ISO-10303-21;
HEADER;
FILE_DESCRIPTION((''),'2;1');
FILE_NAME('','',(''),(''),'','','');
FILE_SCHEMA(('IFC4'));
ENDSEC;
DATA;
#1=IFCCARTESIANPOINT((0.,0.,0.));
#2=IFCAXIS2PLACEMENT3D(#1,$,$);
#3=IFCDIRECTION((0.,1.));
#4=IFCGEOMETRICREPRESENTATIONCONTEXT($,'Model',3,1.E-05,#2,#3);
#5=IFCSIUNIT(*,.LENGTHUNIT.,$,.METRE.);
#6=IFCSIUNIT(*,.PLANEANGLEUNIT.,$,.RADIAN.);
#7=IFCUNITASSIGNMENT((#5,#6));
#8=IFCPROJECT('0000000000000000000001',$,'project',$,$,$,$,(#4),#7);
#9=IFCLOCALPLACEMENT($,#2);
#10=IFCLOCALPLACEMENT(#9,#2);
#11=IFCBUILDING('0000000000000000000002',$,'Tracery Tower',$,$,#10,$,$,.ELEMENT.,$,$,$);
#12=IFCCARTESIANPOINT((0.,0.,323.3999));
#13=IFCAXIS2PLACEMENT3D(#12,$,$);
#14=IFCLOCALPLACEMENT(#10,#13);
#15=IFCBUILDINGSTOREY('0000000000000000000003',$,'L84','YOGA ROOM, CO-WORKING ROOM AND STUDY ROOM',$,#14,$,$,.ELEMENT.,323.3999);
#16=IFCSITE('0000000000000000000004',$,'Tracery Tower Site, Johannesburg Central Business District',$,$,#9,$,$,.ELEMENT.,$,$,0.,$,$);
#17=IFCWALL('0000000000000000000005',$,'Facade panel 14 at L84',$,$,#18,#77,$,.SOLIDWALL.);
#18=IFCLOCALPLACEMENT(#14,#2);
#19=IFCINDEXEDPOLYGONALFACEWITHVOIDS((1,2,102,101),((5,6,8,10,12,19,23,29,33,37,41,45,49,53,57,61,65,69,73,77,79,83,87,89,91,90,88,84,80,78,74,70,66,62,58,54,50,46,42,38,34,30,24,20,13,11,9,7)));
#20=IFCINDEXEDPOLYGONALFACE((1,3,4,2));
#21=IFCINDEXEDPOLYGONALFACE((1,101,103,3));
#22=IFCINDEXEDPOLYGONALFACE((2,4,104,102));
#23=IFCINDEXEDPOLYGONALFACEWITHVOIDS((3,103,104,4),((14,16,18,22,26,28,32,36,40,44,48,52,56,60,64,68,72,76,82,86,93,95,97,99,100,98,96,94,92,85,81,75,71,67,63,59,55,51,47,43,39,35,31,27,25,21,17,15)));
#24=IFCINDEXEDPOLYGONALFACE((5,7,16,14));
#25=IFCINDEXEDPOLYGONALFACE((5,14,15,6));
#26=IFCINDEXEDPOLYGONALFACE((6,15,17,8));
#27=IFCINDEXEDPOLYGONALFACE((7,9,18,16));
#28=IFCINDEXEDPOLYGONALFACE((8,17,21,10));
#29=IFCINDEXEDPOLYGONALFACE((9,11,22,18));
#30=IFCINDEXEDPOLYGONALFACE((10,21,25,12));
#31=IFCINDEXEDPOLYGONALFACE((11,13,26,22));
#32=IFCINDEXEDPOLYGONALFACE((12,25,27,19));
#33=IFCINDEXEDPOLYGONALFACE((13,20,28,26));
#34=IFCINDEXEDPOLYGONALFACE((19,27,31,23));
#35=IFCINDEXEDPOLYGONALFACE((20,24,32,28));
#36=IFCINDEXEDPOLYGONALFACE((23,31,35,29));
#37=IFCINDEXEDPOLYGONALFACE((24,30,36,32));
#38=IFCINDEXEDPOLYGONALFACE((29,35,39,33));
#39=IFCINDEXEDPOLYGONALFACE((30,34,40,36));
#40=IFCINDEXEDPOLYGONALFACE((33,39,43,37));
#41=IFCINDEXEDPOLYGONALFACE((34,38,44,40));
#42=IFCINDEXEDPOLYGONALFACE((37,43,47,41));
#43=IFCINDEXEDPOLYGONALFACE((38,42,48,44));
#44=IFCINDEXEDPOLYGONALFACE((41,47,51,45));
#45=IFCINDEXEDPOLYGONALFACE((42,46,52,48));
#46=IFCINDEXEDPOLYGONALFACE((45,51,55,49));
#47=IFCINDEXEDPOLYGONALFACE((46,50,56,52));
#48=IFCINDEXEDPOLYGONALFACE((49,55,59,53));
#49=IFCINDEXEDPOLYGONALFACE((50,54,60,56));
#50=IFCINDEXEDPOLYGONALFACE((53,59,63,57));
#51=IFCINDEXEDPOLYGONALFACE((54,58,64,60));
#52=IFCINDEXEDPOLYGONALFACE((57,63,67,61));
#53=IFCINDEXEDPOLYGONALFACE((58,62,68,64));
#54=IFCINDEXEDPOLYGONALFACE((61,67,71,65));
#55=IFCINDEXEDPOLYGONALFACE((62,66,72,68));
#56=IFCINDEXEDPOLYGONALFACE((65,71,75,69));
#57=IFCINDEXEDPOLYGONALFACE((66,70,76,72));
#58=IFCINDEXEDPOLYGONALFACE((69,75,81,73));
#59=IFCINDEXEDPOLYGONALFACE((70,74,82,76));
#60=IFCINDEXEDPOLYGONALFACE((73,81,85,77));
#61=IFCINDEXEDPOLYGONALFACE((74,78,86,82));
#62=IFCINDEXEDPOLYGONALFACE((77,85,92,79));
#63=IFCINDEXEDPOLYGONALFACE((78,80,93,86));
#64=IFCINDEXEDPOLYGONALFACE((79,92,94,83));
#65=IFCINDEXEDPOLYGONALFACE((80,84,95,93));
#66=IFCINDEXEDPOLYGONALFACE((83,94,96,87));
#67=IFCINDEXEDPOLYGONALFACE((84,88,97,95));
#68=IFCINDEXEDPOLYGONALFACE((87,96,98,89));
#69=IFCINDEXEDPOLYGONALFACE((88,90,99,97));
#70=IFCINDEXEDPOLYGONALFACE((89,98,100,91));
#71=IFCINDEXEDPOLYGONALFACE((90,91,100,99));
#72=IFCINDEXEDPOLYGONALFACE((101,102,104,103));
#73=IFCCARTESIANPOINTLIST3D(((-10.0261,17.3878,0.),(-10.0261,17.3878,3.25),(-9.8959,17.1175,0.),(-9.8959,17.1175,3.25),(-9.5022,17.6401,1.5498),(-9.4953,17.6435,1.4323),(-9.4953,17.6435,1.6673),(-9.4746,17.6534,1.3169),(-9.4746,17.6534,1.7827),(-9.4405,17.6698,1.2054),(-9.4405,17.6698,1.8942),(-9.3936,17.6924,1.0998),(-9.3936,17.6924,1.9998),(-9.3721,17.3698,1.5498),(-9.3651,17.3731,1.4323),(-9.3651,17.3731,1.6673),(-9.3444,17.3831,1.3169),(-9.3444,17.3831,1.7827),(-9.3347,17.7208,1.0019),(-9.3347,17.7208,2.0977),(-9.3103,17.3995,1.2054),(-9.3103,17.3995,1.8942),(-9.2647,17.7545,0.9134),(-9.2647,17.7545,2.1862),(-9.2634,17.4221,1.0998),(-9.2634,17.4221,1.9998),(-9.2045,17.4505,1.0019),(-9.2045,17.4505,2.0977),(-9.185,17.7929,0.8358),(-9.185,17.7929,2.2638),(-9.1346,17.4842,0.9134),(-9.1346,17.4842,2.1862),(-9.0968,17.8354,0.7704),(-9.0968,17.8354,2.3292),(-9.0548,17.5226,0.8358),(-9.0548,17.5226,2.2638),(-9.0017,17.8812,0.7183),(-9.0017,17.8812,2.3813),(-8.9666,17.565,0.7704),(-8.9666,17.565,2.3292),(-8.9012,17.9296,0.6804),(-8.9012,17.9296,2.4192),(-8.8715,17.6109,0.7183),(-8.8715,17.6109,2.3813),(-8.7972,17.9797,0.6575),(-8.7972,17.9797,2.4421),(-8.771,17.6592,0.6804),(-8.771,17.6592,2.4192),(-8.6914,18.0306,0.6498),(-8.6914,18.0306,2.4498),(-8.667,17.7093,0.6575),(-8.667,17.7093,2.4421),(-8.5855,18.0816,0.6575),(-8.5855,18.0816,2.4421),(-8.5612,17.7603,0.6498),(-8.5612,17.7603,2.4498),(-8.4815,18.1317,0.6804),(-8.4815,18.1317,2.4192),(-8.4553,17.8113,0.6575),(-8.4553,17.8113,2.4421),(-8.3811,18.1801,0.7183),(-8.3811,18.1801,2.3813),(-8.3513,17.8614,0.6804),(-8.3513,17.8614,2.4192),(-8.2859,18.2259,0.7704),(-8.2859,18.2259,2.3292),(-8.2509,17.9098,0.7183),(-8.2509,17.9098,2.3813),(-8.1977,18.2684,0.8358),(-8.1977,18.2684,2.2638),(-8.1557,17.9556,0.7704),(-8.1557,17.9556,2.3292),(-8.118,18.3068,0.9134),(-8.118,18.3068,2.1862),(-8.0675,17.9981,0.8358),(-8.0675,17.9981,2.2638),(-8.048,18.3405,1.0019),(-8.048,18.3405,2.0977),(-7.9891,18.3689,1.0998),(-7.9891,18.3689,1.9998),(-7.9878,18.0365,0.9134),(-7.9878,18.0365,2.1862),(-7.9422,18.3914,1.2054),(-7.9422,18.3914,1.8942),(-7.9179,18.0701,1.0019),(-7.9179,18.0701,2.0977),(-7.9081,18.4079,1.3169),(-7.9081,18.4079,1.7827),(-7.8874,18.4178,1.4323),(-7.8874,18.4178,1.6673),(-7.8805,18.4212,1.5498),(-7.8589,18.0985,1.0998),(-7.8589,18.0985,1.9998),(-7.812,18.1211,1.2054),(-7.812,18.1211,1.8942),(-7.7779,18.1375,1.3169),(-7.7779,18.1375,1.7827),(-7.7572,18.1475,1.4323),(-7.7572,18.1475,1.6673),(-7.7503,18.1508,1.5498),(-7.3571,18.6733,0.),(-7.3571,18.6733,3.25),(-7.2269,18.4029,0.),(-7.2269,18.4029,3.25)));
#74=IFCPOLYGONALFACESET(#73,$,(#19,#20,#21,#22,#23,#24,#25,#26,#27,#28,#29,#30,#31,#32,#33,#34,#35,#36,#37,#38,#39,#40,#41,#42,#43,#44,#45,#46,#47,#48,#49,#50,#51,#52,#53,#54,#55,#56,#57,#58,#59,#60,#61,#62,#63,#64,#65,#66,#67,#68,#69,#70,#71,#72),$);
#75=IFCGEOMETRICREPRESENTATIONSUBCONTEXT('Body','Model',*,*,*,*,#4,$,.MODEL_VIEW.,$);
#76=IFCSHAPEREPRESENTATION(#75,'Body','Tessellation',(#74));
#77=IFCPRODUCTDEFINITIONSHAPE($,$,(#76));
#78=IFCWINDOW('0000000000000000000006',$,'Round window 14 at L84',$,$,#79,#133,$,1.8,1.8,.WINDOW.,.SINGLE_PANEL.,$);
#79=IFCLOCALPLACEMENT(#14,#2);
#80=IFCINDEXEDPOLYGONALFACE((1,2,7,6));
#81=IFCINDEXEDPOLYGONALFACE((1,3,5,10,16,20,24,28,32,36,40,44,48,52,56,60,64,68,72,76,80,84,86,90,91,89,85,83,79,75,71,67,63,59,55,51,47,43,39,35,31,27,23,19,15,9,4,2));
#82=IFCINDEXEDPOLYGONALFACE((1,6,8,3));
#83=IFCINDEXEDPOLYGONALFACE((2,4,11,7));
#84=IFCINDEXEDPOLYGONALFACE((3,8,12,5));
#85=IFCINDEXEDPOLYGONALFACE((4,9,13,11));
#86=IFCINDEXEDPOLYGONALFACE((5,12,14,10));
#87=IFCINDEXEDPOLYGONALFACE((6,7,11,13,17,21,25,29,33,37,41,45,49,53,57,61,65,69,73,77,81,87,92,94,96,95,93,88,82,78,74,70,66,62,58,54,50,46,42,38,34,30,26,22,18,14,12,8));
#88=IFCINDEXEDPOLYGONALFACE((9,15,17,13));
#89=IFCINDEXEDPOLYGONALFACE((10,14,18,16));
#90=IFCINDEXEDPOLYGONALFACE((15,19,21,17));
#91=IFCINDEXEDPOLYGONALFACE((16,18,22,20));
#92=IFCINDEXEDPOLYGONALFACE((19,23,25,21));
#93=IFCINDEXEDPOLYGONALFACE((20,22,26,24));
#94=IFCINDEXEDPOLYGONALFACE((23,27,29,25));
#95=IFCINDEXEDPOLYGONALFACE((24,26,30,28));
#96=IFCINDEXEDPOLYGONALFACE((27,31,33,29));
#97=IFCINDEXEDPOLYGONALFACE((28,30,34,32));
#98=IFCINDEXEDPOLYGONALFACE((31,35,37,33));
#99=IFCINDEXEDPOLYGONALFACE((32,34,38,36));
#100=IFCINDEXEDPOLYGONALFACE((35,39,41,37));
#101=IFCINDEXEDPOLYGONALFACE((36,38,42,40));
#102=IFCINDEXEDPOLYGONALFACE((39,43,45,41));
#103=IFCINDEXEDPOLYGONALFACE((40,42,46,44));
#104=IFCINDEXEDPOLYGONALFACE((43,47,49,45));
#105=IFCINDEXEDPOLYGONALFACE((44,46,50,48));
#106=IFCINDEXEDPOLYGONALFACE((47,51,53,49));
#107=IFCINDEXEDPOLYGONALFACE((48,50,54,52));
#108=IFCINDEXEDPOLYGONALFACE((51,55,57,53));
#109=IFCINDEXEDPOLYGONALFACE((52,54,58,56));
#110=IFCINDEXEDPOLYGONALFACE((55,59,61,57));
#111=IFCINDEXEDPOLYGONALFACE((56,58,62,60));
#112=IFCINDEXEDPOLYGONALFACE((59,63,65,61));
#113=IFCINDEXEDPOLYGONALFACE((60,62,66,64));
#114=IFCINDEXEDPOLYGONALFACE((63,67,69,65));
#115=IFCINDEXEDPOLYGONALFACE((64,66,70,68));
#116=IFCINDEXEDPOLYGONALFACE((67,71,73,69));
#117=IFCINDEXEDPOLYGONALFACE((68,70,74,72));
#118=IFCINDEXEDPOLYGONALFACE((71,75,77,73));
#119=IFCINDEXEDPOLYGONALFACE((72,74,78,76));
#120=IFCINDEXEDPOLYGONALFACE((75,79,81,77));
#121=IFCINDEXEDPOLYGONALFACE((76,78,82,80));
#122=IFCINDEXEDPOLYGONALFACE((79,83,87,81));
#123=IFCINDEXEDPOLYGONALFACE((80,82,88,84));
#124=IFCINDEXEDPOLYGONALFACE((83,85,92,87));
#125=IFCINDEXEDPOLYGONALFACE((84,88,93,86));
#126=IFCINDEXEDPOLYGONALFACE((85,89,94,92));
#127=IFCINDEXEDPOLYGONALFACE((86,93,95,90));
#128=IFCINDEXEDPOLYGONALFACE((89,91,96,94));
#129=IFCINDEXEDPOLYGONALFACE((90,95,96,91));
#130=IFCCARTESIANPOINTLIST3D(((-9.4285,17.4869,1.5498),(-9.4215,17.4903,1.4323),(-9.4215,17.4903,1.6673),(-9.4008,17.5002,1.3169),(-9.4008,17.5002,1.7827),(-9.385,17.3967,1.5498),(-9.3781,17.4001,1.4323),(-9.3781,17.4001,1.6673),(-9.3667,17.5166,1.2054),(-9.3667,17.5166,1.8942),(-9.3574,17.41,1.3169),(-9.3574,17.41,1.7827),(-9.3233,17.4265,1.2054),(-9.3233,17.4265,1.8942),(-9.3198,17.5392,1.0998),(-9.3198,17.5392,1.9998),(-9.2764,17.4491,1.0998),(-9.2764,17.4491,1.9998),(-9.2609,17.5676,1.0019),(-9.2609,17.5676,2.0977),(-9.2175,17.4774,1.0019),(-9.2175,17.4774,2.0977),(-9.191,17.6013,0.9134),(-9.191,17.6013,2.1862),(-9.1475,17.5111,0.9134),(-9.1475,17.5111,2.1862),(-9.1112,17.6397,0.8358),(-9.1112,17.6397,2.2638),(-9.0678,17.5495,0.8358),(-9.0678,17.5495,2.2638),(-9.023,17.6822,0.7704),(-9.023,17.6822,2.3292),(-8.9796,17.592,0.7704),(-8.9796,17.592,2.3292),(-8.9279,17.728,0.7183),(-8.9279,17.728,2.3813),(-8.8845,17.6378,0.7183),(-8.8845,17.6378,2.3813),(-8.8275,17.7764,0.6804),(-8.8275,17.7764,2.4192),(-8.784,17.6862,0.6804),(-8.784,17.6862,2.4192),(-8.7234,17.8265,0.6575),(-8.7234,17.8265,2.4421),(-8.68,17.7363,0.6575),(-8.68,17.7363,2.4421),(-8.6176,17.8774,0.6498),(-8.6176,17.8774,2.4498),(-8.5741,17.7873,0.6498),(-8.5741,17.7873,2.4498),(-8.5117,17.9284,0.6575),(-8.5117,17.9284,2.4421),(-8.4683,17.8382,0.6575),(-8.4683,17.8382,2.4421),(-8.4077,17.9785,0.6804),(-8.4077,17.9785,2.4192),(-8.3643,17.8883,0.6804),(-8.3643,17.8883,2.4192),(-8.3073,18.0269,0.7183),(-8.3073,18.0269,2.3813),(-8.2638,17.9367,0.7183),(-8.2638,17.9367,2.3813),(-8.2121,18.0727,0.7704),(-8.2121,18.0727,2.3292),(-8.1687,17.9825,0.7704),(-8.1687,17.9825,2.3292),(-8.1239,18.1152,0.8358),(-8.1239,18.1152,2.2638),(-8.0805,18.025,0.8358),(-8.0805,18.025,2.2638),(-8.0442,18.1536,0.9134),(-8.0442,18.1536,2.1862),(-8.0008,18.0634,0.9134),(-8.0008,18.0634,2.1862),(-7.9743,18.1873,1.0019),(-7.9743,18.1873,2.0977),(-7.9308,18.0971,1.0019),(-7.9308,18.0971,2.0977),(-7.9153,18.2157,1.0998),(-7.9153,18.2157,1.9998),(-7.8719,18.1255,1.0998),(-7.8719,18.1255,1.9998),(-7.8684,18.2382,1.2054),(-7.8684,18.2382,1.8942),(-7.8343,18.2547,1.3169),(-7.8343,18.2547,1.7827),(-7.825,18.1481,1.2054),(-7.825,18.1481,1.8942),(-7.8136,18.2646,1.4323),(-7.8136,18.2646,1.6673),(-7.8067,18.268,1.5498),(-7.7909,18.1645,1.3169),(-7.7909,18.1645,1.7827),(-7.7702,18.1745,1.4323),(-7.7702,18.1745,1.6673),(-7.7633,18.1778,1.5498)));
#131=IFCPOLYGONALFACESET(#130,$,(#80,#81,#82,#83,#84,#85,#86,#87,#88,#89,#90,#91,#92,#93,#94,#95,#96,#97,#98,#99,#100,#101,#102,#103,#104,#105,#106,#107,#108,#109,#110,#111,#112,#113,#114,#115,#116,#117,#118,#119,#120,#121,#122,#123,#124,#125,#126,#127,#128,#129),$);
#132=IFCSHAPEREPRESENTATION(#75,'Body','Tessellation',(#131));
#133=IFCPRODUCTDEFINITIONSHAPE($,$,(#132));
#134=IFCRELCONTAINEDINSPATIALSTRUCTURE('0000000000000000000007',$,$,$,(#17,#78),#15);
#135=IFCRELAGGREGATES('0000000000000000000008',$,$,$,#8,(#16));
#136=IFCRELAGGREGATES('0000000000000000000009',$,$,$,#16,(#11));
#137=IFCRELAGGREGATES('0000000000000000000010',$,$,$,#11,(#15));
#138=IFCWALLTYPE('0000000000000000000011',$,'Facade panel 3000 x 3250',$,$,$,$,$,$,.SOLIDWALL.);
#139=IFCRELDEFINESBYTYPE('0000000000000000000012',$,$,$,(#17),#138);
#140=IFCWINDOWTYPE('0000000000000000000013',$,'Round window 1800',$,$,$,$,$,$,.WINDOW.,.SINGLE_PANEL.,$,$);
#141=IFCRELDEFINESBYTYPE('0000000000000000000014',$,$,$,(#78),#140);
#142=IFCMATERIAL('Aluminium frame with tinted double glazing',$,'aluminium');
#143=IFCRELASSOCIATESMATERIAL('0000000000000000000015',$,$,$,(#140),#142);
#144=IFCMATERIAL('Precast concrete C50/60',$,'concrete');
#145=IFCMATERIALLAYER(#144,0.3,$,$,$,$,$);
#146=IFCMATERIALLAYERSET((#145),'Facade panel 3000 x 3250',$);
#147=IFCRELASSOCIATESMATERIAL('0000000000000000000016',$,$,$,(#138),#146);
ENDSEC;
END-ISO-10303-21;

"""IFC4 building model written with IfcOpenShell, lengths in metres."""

from ifc_helpers import new_model, si_unit, direction, frame, frame_2d, origin, origin_2d, place, context, subcontext, project, spatial, rectangle, circle, extrude, material, layer, layer_set, type_object, element, fill, save


model = new_model("IFC4")

# Units and contexts
model_context = context("Model", 3, precision=1e-05, world=origin(), true_north=direction((0.0, 1.0)))
body_context = subcontext(model_context, "Body", "Model", "MODEL_VIEW")
ifc_project = project(units=[si_unit("LENGTHUNIT", "METRE"), si_unit("PLANEANGLEUNIT", "RADIAN")], contexts=[model_context])

# Site, building, storey
site_placement = place(None, origin())
site = spatial("IfcSite", under=ifc_project, at=site_placement, Name="Tracery Tower Site, Johannesburg Central Business District", CompositionType="ELEMENT", RefElevation=0.0)
building_placement = place(site_placement, origin())
building = spatial("IfcBuilding", under=site, at=building_placement, Name="Tracery Tower", CompositionType="ELEMENT")
storey_placement = place(building_placement, frame((0.0, 0.0, 323.3999)))
storey = spatial("IfcBuildingStorey", under=building, at=storey_placement, Name="L84", Description="YOGA ROOM, CO-WORKING ROOM AND STUDY ROOM", CompositionType="ELEMENT", Elevation=323.3999)

# Wall, opening, window
ifc_material_1 = material(Name="Aluminium frame with tinted double glazing", Category="aluminium")
window_type = type_object("IfcWindowType", Name="Round window 1800", PartitioningType="SINGLE_PANEL", PredefinedType="WINDOW", material=ifc_material_1)
ifc_material_2 = material(Name="Precast concrete C50/60", Category="concrete")
ifc_layer_1 = layer(ifc_material_2, 0.3)
ifc_layer_set_1 = layer_set([ifc_layer_1], Name="Facade panel 3000 x 3250")
wall_type_1 = type_object("IfcWallType", Name="Facade panel 3000 x 3250", PredefinedType="SOLIDWALL", material=ifc_layer_set_1)
wall_1_placement = place(storey_placement, frame((-7.292, 18.5381, 0.0), z_axis=(0.0, 0.0, 1.0), x_axis=(-0.900955, -0.433912, 0.0)))
wall_1 = element("IfcWall", 1, at=wall_1_placement, inside=storey, type_object=wall_type_1, Name="Facade panel 14 at L84", PredefinedType="SOLIDWALL", context=body_context, shape_type="SweptSolid", body=[
    extrude(rectangle(XDim=2.9624, YDim=0.3, at=frame_2d((1.4812, 0.0))), origin(), (0.0, 0.0, 1.0), 3.25),
])
opening_1_placement = place(wall_1_placement, frame((1.481, 0.0, 1.5498)))
opening_1 = element("IfcOpeningElement", 2, at=opening_1_placement, cuts=wall_1, PredefinedType="OPENING", context=body_context, shape_type="SweptSolid", body=[
    extrude(circle(Radius=0.9, at=origin_2d()), frame((0.0, 0.1599, 0.0), z_axis=(0.0, -1.0, 0.0), x_axis=(1.0, 0.0, 0.0)), (0.0, 0.0, 1.0), 0.3201),
])
window_1_placement = place(opening_1_placement, origin())
window_1 = element("IfcWindow", 3, at=window_1_placement, inside=storey, type_object=window_type, Name="Round window 14 at L84", OverallHeight=1.8, OverallWidth=1.8, PartitioningType="SINGLE_PANEL", PredefinedType="WINDOW", context=body_context, shape_type="SweptSolid", body=[
    extrude(circle(Radius=0.9, at=origin_2d()), frame((0.0, 0.1201, 0.0), z_axis=(0.0, -1.0, 0.0), x_axis=(1.0, 0.0, 0.0)), (0.0, 0.0, 1.0), 0.1001),
])
fill(opening_1, window_1)

save(model, "model.ifc")
